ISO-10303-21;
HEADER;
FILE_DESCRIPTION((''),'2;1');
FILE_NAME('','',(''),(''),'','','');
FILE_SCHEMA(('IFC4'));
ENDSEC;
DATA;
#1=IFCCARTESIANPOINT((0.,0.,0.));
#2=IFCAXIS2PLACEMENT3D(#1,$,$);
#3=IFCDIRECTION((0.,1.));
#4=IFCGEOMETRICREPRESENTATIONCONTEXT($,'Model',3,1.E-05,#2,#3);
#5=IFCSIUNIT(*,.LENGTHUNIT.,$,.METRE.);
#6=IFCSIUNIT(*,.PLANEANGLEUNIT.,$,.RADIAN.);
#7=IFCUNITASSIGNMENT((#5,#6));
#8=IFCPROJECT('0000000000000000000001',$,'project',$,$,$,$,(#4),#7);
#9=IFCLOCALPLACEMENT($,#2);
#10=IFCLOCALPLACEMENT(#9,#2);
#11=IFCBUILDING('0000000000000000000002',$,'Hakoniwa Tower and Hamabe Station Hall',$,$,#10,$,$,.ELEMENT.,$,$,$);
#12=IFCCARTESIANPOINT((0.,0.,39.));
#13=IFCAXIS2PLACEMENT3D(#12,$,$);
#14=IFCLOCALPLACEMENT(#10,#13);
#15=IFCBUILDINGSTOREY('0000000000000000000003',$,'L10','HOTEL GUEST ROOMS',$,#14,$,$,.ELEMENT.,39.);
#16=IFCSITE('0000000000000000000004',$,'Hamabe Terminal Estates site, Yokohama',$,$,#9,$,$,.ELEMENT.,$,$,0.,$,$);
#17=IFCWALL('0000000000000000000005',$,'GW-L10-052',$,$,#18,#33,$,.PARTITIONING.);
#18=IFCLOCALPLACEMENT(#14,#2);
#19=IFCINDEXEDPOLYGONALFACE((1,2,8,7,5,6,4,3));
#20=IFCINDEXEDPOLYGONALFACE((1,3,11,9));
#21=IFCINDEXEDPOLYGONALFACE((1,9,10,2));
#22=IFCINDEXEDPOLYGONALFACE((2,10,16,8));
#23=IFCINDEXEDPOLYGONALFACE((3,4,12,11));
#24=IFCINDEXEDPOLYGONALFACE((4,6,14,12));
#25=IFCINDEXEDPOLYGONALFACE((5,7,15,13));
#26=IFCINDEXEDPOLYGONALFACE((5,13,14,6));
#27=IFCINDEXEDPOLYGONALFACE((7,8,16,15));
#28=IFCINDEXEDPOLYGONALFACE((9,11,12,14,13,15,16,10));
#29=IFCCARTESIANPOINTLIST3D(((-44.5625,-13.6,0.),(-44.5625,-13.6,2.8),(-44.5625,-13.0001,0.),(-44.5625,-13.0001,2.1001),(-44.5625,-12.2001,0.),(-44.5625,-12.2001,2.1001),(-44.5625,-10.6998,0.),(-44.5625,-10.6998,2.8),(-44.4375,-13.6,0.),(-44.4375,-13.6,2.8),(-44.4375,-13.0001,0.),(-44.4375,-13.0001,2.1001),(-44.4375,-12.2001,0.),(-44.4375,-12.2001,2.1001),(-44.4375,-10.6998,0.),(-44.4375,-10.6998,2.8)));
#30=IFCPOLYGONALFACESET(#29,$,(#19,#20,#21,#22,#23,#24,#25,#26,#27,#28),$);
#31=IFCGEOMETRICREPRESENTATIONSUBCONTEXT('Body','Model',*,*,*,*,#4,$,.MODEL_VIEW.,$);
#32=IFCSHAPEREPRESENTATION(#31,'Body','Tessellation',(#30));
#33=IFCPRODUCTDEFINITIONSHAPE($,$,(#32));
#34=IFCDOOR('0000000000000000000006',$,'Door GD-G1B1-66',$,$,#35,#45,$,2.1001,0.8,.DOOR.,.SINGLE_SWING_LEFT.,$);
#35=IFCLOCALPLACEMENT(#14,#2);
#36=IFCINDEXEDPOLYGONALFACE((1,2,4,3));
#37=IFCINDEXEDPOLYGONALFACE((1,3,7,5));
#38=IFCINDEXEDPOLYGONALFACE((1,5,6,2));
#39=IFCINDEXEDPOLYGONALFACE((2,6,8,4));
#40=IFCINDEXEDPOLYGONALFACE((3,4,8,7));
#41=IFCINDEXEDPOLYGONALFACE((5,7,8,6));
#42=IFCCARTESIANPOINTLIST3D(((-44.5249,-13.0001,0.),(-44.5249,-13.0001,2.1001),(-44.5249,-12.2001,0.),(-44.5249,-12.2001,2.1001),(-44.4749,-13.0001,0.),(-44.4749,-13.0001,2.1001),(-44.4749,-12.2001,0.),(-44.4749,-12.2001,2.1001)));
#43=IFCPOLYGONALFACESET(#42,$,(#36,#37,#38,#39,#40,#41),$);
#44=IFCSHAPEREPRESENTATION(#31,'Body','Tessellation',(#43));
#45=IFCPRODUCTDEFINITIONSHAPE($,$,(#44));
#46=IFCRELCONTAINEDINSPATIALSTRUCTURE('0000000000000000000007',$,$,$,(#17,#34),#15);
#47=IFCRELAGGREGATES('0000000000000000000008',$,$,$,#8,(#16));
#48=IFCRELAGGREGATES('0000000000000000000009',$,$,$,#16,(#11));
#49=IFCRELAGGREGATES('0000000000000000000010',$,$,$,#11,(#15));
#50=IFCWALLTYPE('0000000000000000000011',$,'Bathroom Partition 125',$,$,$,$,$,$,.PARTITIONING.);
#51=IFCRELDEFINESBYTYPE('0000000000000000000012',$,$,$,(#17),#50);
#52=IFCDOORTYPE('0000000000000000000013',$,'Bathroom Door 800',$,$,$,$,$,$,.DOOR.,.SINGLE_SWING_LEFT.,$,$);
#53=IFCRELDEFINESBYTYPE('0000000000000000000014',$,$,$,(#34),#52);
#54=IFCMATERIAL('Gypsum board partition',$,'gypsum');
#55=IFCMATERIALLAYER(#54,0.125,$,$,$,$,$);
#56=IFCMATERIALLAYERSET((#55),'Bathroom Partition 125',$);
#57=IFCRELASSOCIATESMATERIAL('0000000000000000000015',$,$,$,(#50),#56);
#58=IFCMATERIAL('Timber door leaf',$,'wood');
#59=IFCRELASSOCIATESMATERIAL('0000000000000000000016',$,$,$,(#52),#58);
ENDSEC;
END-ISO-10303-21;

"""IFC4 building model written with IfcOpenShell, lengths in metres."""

from ifc_helpers import new_model, si_unit, direction, frame, frame_2d, origin, place, context, subcontext, project, spatial, rectangle, extrude, material, layer, layer_set, type_object, element, fill, save


model = new_model("IFC4")

# Units and contexts
model_context = context("Model", 3, precision=1e-05, world=origin(), true_north=direction((0.0, 1.0)))
body_context = subcontext(model_context, "Body", "Model", "MODEL_VIEW")
ifc_project = project(units=[si_unit("LENGTHUNIT", "METRE"), si_unit("PLANEANGLEUNIT", "RADIAN")], contexts=[model_context])

# Site, building, storey
site_placement = place(None, origin())
site = spatial("IfcSite", under=ifc_project, at=site_placement, Name="Hamabe Terminal Estates site, Yokohama", CompositionType="ELEMENT", RefElevation=0.0)
building_placement = place(site_placement, origin())
building = spatial("IfcBuilding", under=site, at=building_placement, Name="Hakoniwa Tower and Hamabe Station Hall", CompositionType="ELEMENT")
storey_placement = place(building_placement, frame((0.0, 0.0, 39.0)))
storey = spatial("IfcBuildingStorey", under=building, at=storey_placement, Name="L10", Description="HOTEL GUEST ROOMS", CompositionType="ELEMENT", Elevation=39.0)

# Shared definitions
ifc_material_1 = material(Name="Gypsum board partition", Category="gypsum")
ifc_layer_1 = layer(ifc_material_1, 0.125)
ifc_layer_set_1 = layer_set([ifc_layer_1], Name="Bathroom Partition 125")
wall_type_1 = type_object("IfcWallType", Name="Bathroom Partition 125", PredefinedType="PARTITIONING", material=ifc_layer_set_1)

# Shared definitions
ifc_material_2 = material(Name="Timber door leaf", Category="wood")
door_type_1 = type_object("IfcDoorType", Name="Bathroom Door 800", OperationType="SINGLE_SWING_LEFT", PredefinedType="DOOR", material=ifc_material_2)

# Wall, opening, door
wall_1_placement = place(storey_placement, frame((-44.5, -13.6001, 0.0), z_axis=(0.0, 0.0, 1.0), x_axis=(0.0, 1.0, 0.0)))
wall_1 = element("IfcWall", 1, at=wall_1_placement, inside=storey, type_object=wall_type_1, Name="GW-L10-052", PredefinedType="PARTITIONING", context=body_context, shape_type="SweptSolid", body=[
    extrude(rectangle(XDim=2.9001, YDim=0.125, at=frame_2d((1.4502, 0.0))), origin(), (0.0, 0.0, 1.0), 2.8),
])
opening_1_placement = place(wall_1_placement, frame((0.6001, 0.0, 0.0)))
opening_1 = element("IfcOpeningElement", 2, at=opening_1_placement, cuts=wall_1, PredefinedType="OPENING", context=body_context, shape_type="SweptSolid", body=[
    extrude(rectangle(XDim=0.8, YDim=2.1001, at=frame_2d((0.3999, 1.05))), frame((0.0, 0.0725, 0.0), z_axis=(0.0, -1.0, 0.0), x_axis=(1.0, 0.0, 0.0)), (0.0, 0.0, 1.0), 0.145),
])
door_1_placement = place(opening_1_placement, origin())
door_1 = element("IfcDoor", 3, at=door_1_placement, inside=storey, type_object=door_type_1, Name="Door GD-G1B1-66", OperationType="SINGLE_SWING_LEFT", OverallHeight=2.1001, OverallWidth=0.8, PredefinedType="DOOR", context=body_context, shape_type="SweptSolid", body=[
    extrude(rectangle(XDim=0.8, YDim=2.1001, at=frame_2d((0.3999, 1.05))), frame((0.0, 0.0249, 0.0), z_axis=(0.0, -1.0, 0.0), x_axis=(1.0, 0.0, 0.0)), (0.0, 0.0, 1.0), 0.05),
])
fill(opening_1, door_1)

save(model, "model.ifc")
